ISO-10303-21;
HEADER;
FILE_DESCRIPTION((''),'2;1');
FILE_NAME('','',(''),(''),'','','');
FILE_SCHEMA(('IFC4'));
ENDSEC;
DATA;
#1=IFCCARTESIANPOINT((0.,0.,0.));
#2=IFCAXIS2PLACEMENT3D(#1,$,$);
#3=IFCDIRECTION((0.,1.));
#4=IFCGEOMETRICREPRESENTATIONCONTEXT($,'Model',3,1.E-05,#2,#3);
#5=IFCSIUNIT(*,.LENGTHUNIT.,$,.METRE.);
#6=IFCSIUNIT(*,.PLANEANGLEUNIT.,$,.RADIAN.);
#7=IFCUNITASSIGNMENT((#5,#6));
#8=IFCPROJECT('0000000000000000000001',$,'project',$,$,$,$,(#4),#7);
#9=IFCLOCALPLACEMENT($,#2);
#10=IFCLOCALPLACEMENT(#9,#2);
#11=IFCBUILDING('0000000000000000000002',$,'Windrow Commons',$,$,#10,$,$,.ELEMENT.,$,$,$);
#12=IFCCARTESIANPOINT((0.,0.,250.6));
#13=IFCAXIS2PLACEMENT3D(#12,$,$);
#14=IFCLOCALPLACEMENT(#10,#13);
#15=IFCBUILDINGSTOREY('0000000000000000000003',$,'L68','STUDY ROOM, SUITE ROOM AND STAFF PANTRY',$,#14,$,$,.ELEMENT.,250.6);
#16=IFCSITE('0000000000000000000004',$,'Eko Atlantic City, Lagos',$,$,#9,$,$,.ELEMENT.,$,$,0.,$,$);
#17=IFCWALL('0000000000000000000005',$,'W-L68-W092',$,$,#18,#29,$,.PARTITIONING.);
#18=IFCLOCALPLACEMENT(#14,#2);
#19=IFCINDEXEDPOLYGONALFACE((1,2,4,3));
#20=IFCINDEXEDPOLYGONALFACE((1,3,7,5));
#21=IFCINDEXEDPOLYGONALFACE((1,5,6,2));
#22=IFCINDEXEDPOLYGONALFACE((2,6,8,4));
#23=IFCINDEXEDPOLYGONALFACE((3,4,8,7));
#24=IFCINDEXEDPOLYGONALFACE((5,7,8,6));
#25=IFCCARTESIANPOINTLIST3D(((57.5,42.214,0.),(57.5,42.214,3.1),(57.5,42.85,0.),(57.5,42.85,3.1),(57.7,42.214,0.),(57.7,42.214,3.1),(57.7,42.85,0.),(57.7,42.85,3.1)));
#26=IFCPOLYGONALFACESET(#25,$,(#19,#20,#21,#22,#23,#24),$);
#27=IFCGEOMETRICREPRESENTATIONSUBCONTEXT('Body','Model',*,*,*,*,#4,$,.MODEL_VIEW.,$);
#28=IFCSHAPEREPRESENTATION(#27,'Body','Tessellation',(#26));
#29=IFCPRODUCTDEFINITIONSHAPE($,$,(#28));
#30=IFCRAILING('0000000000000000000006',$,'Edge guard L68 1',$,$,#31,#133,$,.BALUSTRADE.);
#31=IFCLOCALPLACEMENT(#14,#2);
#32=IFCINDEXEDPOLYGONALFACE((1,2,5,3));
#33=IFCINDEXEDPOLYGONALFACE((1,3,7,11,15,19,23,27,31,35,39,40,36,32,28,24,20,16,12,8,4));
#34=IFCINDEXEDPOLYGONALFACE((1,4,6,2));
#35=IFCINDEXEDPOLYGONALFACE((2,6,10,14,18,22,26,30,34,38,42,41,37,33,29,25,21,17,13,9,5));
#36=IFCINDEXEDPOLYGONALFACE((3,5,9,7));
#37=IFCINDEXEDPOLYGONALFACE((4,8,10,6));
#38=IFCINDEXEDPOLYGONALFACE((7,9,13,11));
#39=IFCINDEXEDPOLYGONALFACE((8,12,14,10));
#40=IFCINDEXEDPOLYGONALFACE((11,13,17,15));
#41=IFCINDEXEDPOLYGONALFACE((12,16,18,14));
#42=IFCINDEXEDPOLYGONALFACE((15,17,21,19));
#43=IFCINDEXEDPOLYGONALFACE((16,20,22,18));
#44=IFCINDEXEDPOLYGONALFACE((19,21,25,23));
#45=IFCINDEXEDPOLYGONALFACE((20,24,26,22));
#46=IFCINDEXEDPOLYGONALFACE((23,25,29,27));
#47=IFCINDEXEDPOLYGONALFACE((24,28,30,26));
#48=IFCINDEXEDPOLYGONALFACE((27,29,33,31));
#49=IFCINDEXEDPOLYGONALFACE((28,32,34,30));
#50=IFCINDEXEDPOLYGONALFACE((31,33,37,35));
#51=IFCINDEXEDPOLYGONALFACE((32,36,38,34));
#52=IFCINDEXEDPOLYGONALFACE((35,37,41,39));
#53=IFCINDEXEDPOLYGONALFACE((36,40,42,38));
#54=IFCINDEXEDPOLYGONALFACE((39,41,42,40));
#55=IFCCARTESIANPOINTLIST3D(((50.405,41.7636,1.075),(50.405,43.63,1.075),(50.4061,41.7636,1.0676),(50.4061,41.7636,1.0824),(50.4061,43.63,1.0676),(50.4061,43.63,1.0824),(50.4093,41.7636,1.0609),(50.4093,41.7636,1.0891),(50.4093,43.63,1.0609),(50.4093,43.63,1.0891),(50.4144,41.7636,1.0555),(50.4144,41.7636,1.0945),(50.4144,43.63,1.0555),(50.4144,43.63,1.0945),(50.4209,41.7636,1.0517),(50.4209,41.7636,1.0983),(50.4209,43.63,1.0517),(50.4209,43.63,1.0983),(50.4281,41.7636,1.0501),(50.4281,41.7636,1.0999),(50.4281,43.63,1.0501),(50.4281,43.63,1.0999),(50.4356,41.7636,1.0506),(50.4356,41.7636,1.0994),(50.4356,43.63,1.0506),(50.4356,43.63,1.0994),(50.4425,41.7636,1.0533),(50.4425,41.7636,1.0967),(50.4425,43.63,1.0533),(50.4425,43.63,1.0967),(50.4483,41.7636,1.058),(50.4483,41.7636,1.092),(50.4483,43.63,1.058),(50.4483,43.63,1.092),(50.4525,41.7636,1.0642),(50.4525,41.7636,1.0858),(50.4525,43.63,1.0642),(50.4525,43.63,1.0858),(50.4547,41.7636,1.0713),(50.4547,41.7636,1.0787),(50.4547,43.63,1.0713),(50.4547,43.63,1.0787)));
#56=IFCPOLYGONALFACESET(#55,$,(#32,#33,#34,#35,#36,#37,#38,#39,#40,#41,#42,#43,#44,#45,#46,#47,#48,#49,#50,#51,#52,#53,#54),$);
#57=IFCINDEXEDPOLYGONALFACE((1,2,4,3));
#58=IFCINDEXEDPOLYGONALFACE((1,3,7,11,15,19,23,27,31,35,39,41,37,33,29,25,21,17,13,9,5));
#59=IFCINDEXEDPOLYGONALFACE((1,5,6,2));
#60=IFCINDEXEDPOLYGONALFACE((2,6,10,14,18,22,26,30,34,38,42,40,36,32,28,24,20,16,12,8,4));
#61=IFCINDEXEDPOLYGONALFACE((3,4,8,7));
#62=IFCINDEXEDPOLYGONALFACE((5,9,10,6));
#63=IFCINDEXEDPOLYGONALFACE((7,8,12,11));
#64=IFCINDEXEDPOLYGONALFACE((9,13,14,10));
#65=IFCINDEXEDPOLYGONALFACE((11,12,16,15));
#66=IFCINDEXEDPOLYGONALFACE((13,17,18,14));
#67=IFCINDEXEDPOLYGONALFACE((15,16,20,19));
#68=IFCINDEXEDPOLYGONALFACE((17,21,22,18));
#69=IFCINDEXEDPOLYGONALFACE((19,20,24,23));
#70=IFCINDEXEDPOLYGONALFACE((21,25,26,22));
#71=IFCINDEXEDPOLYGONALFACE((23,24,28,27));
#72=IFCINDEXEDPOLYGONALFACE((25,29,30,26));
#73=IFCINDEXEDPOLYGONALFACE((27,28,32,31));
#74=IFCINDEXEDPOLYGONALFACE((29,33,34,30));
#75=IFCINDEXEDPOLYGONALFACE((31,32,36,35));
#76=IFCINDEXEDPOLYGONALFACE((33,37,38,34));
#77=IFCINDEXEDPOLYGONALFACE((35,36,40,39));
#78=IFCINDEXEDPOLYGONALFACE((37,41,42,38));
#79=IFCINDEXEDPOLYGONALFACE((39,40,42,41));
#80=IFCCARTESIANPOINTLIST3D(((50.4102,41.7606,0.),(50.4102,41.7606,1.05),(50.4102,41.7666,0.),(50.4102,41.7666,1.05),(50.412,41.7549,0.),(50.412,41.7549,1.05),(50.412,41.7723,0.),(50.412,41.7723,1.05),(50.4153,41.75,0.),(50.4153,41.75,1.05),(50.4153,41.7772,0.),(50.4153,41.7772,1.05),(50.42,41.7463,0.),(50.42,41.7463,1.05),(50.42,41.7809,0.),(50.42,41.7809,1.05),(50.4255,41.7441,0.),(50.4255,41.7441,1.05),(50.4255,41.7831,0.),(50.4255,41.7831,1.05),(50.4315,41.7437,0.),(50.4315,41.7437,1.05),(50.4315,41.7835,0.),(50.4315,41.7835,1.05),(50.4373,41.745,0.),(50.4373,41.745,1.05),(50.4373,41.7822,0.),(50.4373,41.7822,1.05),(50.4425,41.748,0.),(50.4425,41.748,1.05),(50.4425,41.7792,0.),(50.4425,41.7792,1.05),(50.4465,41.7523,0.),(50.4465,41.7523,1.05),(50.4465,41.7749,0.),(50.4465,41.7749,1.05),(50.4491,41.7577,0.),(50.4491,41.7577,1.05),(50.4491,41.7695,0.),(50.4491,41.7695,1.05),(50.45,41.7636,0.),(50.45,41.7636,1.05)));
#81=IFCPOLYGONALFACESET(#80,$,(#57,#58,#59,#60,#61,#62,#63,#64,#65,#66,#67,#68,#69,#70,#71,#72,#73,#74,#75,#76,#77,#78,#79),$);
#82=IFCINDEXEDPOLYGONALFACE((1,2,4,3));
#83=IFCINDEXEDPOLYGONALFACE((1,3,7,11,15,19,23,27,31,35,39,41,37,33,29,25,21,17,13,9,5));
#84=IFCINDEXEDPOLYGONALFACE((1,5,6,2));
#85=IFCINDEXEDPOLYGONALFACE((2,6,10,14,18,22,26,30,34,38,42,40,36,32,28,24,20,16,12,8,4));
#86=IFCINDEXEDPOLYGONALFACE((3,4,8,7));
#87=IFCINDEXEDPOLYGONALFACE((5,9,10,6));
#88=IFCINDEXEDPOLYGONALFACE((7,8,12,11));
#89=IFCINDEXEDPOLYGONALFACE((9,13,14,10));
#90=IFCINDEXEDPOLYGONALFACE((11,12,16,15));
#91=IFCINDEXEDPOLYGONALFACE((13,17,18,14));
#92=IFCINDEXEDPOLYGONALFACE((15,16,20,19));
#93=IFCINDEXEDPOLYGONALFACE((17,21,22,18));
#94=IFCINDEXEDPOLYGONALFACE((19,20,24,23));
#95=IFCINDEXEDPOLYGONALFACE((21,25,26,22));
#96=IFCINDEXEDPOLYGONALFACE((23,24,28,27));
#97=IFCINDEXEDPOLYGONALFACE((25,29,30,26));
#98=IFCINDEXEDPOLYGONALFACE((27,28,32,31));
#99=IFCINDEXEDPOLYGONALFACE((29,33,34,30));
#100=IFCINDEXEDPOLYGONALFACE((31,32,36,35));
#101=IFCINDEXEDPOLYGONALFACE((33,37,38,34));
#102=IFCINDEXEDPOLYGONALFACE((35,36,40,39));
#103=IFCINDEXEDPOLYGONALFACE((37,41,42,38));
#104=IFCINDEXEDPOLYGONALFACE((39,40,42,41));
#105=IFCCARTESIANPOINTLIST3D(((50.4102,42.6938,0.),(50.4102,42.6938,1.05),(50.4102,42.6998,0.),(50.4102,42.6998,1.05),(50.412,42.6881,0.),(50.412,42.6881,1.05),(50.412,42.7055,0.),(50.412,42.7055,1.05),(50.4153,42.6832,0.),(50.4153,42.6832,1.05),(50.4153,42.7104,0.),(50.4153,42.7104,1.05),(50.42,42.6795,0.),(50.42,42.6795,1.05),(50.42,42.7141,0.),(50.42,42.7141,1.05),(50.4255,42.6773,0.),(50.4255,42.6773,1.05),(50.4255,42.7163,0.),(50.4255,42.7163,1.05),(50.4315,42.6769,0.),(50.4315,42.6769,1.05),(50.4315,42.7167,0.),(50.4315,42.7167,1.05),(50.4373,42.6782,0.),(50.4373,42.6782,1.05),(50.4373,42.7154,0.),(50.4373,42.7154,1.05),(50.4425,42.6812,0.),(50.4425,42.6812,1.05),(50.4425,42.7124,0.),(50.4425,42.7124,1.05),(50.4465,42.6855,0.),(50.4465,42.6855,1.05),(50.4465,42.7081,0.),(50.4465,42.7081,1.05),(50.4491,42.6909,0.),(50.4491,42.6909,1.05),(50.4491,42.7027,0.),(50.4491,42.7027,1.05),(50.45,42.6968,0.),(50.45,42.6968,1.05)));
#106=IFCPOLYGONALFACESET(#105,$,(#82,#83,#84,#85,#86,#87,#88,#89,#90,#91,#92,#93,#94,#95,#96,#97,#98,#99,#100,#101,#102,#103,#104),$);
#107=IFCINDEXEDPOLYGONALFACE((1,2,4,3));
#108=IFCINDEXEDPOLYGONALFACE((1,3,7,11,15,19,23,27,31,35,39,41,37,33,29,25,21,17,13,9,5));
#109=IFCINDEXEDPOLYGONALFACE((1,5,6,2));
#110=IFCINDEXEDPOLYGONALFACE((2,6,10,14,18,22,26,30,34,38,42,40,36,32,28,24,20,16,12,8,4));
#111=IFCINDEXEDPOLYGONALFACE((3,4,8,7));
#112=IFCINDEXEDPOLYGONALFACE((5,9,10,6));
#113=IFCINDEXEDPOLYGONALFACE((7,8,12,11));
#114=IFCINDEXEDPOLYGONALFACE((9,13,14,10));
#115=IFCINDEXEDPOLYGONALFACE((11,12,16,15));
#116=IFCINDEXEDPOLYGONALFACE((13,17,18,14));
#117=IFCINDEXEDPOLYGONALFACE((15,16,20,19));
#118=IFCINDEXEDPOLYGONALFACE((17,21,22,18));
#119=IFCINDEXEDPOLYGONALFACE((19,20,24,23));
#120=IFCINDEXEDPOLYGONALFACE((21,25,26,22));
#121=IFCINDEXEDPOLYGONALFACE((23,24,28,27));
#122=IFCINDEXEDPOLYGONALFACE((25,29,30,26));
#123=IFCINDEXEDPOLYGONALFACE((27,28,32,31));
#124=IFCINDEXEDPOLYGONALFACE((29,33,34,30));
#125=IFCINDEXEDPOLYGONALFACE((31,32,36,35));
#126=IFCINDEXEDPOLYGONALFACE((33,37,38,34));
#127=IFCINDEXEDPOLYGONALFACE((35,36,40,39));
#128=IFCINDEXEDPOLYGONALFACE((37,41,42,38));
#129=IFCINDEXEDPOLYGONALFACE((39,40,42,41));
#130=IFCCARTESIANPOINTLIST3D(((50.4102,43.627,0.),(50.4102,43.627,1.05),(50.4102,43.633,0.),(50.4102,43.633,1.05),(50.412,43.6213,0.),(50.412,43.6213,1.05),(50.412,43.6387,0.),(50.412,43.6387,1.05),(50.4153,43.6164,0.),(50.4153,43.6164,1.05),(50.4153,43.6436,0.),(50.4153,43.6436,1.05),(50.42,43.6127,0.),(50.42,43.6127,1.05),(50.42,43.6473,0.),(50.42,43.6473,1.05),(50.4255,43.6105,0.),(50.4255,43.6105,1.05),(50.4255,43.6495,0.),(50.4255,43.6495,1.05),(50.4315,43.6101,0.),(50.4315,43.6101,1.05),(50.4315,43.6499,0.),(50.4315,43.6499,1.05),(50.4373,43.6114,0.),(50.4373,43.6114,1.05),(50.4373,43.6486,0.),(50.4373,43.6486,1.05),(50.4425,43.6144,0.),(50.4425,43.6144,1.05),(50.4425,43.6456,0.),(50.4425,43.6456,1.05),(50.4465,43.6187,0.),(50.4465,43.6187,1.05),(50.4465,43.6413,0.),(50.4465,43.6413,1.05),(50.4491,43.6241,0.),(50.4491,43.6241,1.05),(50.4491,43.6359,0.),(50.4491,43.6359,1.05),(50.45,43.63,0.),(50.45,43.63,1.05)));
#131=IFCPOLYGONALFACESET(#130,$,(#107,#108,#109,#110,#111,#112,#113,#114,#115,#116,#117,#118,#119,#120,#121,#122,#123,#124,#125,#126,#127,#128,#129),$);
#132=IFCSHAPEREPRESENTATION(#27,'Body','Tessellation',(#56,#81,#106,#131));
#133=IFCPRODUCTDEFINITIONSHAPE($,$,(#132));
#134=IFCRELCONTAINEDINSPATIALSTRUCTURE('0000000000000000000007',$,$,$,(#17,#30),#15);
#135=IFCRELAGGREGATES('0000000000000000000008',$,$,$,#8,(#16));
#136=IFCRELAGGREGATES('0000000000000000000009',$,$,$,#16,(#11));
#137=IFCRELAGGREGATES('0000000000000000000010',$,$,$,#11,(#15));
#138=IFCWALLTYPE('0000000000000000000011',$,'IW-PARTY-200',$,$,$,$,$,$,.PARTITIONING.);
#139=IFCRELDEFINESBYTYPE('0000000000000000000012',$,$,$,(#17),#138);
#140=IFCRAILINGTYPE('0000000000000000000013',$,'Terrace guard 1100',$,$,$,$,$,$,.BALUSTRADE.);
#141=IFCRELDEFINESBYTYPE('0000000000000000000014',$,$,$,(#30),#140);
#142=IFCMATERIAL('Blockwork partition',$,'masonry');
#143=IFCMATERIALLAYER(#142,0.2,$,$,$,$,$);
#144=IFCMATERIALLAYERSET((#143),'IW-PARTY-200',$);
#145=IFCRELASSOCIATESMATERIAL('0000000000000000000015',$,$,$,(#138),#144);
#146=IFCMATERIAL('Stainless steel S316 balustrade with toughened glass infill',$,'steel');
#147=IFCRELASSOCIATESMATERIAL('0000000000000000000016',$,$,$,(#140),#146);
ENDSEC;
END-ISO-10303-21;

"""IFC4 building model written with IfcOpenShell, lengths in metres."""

from ifc_helpers import new_model, si_unit, direction, frame, frame_2d, origin, origin_2d, place, context, subcontext, project, spatial, rectangle, circle, extrude, material, layer, layer_set, type_object, element, save


model = new_model("IFC4")

# Units and contexts
model_context = context("Model", 3, precision=1e-05, world=origin(), true_north=direction((0.0, 1.0)))
body_context = subcontext(model_context, "Body", "Model", "MODEL_VIEW")
ifc_project = project(units=[si_unit("LENGTHUNIT", "METRE"), si_unit("PLANEANGLEUNIT", "RADIAN")], contexts=[model_context])

# Site, building, storey
site_placement = place(None, origin())
site = spatial("IfcSite", under=ifc_project, at=site_placement, Name="Eko Atlantic City, Lagos", CompositionType="ELEMENT", RefElevation=0.0)
building_placement = place(site_placement, origin())
building = spatial("IfcBuilding", under=site, at=building_placement, Name="Windrow Commons", CompositionType="ELEMENT")
storey_placement = place(building_placement, frame((0.0, 0.0, 250.6)))
storey = spatial("IfcBuildingStorey", under=building, at=storey_placement, Name="L68", Description="STUDY ROOM, SUITE ROOM AND STAFF PANTRY", CompositionType="ELEMENT", Elevation=250.6)

# Wall
ifc_material_1 = material(Name="Blockwork partition", Category="masonry")
ifc_layer_1 = layer(ifc_material_1, 0.2)
ifc_layer_set_1 = layer_set([ifc_layer_1], Name="IW-PARTY-200")
wall_type_1 = type_object("IfcWallType", Name="IW-PARTY-200", PredefinedType="PARTITIONING", material=ifc_layer_set_1)
wall_1_placement = place(storey_placement, frame((57.6, 42.214, 0.0), z_axis=(0.0, 0.0, 1.0), x_axis=(0.0, 1.0, 0.0)))
element("IfcWall", 1, at=wall_1_placement, inside=storey, type_object=wall_type_1, Name="W-L68-W092", PredefinedType="PARTITIONING", context=body_context, shape_type="SweptSolid", body=[
    extrude(rectangle(XDim=0.636, YDim=0.2, at=frame_2d((0.318, 0.0))), origin(), (0.0, 0.0, 1.0), 3.1),
])

# Railing
ifc_material_2 = material(Name="Stainless steel S316 balustrade with toughened glass infill", Category="steel")
railing_type = type_object("IfcRailingType", Name="Terrace guard 1100", PredefinedType="BALUSTRADE", material=ifc_material_2)
railing_placement = place(storey_placement, frame((50.43, 41.7636, 0.0)))
element("IfcRailing", 2, at=railing_placement, inside=storey, type_object=railing_type, Name="Edge guard L68 1", PredefinedType="BALUSTRADE", context=body_context, shape_type="SweptSolid", body=[
    extrude(circle(Radius=0.025, at=origin_2d()), frame((0.0, 0.0, 1.075), z_axis=(0.0, 1.0, 0.0), x_axis=(-1.0, 0.0, 0.0)), (0.0, 0.0, 1.0), 1.8664),
    extrude(circle(Radius=0.02, at=origin_2d()), origin(), (0.0, 0.0, 1.0), 1.05),
    extrude(circle(Radius=0.02, at=origin_2d()), frame((0.0, 0.9332, 0.0)), (0.0, 0.0, 1.0), 1.05),
    extrude(circle(Radius=0.02, at=origin_2d()), frame((0.0, 1.8664, 0.0)), (0.0, 0.0, 1.0), 1.05),
])

save(model, "model.ifc")
